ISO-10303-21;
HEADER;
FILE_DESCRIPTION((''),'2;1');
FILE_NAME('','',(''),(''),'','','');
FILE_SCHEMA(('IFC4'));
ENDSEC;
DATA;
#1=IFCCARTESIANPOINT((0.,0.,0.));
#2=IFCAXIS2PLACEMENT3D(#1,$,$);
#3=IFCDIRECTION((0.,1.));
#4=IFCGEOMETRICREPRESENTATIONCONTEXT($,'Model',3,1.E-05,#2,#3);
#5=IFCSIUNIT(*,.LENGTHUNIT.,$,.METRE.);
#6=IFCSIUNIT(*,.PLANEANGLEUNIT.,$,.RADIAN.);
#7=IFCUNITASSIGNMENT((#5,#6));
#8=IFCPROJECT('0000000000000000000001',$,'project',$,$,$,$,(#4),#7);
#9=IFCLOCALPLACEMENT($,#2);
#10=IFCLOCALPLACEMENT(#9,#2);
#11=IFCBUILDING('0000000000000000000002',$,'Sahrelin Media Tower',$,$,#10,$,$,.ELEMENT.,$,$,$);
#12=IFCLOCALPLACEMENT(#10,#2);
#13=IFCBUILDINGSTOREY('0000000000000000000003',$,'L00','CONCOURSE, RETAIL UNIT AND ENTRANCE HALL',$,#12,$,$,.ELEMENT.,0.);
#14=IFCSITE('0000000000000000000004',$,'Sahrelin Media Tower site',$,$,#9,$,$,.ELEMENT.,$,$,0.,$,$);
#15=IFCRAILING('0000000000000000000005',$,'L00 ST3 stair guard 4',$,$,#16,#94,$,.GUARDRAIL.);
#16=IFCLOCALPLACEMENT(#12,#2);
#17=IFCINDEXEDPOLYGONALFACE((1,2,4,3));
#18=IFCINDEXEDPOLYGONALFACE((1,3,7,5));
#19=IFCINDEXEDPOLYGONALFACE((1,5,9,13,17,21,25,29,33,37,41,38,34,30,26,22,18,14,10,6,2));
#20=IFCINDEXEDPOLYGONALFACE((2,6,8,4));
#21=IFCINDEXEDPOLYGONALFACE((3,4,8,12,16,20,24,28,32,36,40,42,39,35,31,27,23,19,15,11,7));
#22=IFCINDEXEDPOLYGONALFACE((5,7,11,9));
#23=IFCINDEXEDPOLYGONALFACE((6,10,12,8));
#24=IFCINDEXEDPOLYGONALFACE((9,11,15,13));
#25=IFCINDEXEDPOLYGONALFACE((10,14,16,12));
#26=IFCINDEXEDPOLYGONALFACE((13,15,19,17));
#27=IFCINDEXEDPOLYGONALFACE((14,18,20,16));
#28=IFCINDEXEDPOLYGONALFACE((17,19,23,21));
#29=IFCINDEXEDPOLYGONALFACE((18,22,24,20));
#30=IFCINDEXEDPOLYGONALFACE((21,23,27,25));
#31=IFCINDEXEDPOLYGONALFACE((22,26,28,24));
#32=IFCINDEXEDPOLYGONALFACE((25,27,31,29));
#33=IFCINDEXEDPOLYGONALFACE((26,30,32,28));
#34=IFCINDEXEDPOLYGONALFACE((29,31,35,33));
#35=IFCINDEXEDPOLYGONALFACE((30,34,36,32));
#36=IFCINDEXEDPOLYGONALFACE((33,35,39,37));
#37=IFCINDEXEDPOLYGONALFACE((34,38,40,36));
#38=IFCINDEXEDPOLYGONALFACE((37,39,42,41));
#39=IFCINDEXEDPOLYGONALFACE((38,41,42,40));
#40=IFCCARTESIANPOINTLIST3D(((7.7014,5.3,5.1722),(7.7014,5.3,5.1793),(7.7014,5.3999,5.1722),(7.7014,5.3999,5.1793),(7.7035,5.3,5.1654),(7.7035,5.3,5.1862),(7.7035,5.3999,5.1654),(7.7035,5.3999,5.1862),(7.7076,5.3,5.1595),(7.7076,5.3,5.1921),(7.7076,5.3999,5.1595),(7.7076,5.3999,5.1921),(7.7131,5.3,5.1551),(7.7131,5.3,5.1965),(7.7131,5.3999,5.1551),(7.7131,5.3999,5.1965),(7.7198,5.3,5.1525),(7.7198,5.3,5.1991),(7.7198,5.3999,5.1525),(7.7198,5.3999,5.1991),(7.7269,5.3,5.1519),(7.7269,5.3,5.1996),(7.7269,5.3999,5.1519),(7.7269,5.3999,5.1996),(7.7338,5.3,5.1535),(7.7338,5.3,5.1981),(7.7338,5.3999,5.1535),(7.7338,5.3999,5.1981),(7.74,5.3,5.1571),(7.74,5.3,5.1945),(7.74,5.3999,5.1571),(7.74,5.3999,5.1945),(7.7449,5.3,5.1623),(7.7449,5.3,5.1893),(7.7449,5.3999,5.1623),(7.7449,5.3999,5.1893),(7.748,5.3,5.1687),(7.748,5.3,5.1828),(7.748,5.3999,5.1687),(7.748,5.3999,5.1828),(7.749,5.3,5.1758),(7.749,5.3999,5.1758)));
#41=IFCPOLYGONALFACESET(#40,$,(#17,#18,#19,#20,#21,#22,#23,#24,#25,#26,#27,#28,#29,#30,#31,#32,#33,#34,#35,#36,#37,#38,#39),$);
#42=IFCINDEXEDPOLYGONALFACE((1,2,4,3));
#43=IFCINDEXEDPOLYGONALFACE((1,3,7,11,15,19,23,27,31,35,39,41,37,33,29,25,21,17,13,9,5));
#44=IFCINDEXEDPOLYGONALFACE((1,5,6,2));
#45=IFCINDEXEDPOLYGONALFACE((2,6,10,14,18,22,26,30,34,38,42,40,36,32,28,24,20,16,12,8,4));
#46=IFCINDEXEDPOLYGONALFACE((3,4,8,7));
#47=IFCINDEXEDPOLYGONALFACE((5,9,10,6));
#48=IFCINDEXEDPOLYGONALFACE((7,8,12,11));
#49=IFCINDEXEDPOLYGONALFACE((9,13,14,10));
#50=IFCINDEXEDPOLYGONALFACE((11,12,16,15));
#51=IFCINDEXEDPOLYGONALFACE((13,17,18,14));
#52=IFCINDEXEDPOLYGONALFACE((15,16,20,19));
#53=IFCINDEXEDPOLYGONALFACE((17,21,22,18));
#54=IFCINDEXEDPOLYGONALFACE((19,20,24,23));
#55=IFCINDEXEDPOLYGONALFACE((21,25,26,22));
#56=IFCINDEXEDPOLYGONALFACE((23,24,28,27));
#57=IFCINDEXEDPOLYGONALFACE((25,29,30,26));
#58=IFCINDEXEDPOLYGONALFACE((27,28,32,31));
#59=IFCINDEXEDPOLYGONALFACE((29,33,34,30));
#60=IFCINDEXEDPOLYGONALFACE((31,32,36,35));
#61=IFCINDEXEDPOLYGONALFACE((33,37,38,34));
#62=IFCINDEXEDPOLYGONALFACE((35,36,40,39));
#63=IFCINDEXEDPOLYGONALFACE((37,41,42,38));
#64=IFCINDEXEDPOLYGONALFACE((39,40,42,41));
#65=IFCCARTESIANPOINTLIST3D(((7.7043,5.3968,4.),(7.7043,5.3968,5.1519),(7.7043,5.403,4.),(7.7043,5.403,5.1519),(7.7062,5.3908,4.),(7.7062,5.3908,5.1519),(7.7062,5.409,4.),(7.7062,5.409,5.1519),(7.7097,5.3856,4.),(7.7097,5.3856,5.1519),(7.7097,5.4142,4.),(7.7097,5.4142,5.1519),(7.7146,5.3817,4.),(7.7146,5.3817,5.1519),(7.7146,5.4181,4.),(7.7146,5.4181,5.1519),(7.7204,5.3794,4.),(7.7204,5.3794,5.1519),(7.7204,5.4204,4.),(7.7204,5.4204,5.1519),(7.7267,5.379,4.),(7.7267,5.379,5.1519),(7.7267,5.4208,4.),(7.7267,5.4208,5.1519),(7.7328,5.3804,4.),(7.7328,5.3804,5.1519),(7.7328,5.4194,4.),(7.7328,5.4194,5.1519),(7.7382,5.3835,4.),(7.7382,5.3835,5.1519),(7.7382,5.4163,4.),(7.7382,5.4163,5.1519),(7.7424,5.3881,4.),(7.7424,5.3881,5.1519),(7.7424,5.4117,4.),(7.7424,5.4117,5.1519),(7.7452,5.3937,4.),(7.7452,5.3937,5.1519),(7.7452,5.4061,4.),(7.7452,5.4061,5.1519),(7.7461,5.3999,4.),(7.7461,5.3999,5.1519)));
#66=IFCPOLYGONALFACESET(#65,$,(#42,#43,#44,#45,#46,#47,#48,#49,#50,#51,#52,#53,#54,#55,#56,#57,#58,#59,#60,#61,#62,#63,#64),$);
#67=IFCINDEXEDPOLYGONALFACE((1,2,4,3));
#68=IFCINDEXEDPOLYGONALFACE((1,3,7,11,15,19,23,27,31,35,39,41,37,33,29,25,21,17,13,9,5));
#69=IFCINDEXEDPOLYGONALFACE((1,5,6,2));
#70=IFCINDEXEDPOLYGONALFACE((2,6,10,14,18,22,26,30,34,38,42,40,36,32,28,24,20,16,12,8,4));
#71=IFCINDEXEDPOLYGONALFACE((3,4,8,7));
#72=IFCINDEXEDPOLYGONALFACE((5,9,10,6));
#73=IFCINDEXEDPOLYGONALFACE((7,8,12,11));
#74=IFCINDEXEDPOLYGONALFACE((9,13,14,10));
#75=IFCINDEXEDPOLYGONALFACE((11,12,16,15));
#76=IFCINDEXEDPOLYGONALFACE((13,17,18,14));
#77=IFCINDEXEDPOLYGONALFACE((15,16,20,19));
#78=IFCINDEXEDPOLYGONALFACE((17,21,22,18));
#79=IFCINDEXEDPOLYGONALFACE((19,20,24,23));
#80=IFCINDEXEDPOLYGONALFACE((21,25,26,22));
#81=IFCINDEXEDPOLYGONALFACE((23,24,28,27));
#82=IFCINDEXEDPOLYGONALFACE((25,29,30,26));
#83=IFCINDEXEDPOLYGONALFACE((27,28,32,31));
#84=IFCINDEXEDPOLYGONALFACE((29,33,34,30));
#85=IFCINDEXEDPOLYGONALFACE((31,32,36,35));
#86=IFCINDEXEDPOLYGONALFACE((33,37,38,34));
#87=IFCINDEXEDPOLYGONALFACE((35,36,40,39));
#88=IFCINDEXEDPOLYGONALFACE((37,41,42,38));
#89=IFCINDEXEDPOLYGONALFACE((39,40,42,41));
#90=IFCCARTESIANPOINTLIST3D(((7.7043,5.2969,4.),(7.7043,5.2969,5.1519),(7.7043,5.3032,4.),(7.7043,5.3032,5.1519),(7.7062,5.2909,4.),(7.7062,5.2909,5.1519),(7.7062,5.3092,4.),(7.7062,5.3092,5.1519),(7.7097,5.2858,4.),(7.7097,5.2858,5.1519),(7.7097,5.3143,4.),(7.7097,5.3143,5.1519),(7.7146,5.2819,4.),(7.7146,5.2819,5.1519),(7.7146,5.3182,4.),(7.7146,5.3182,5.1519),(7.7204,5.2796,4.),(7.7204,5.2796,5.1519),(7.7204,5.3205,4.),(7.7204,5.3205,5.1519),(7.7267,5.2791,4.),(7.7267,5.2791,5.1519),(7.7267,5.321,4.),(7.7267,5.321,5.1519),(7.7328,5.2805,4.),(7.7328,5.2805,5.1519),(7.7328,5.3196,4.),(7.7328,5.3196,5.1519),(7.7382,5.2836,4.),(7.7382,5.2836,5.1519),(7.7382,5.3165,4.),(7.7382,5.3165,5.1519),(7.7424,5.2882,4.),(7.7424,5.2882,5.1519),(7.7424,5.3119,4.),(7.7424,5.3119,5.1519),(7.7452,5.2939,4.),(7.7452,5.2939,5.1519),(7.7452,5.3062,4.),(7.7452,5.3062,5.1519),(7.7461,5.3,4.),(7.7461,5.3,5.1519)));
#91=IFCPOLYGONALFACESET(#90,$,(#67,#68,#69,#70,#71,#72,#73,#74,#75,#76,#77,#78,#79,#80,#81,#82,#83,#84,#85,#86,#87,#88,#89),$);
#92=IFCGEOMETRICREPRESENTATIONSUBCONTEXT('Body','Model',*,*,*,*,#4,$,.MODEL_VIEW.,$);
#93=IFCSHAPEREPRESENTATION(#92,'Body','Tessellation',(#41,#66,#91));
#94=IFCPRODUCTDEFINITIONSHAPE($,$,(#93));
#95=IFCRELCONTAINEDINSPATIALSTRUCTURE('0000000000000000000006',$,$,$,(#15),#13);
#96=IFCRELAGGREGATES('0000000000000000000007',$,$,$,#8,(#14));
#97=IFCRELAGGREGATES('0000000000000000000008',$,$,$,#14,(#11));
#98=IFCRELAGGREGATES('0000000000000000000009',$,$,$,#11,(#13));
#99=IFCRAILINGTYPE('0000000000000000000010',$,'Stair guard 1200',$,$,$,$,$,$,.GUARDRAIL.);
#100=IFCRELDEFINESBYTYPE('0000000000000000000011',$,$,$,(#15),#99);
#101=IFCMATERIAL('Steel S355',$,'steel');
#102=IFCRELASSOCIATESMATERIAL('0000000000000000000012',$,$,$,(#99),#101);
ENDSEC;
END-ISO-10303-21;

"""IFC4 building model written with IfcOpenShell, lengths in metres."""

from ifc_helpers import new_model, si_unit, direction, frame, origin, origin_2d, place, context, subcontext, project, spatial, circle, extrude, material, type_object, element, save


model = new_model("IFC4")

# Units and contexts
model_context = context("Model", 3, precision=1e-05, world=origin(), true_north=direction((0.0, 1.0)))
body_context = subcontext(model_context, "Body", "Model", "MODEL_VIEW")
ifc_project = project(units=[si_unit("LENGTHUNIT", "METRE"), si_unit("PLANEANGLEUNIT", "RADIAN")], contexts=[model_context])

# Site, building, storey
site_placement = place(None, origin())
site = spatial("IfcSite", under=ifc_project, at=site_placement, Name="Sahrelin Media Tower site", CompositionType="ELEMENT", RefElevation=0.0)
building_placement = place(site_placement, origin())
building = spatial("IfcBuilding", under=site, at=building_placement, Name="Sahrelin Media Tower", CompositionType="ELEMENT")
storey_placement = place(building_placement, origin())
storey = spatial("IfcBuildingStorey", under=building, at=storey_placement, Name="L00", Description="CONCOURSE, RETAIL UNIT AND ENTRANCE HALL", CompositionType="ELEMENT", Elevation=0.0)

# Shared definitions
ifc_material_1 = material(Name="Steel S355", Category="steel")

# Railing
railing_type_1 = type_object("IfcRailingType", Name="Stair guard 1200", PredefinedType="GUARDRAIL", material=ifc_material_1)
railing_1_placement = place(storey_placement, frame((7.7251, 5.3999, 4.0)))
element("IfcRailing", 1, at=railing_1_placement, inside=storey, type_object=railing_type_1, Name="L00 ST3 stair guard 4", PredefinedType="GUARDRAIL", context=body_context, shape_type="SweptSolid", body=[
    extrude(circle(Radius=0.0239, at=origin_2d()), frame((0.0, 0.0, 1.1758), z_axis=(0.0, -1.0, 0.0), x_axis=(1.0, 0.0, 0.0)), (0.0, 0.0, 1.0), 0.0999),
    extrude(circle(Radius=0.021, at=origin_2d()), origin(), (0.0, 0.0, 1.0), 1.1519),
    extrude(circle(Radius=0.021, at=origin_2d()), frame((0.0, -0.0999, 0.0)), (0.0, 0.0, 1.0), 1.1519),
])

save(model, "model.ifc")
